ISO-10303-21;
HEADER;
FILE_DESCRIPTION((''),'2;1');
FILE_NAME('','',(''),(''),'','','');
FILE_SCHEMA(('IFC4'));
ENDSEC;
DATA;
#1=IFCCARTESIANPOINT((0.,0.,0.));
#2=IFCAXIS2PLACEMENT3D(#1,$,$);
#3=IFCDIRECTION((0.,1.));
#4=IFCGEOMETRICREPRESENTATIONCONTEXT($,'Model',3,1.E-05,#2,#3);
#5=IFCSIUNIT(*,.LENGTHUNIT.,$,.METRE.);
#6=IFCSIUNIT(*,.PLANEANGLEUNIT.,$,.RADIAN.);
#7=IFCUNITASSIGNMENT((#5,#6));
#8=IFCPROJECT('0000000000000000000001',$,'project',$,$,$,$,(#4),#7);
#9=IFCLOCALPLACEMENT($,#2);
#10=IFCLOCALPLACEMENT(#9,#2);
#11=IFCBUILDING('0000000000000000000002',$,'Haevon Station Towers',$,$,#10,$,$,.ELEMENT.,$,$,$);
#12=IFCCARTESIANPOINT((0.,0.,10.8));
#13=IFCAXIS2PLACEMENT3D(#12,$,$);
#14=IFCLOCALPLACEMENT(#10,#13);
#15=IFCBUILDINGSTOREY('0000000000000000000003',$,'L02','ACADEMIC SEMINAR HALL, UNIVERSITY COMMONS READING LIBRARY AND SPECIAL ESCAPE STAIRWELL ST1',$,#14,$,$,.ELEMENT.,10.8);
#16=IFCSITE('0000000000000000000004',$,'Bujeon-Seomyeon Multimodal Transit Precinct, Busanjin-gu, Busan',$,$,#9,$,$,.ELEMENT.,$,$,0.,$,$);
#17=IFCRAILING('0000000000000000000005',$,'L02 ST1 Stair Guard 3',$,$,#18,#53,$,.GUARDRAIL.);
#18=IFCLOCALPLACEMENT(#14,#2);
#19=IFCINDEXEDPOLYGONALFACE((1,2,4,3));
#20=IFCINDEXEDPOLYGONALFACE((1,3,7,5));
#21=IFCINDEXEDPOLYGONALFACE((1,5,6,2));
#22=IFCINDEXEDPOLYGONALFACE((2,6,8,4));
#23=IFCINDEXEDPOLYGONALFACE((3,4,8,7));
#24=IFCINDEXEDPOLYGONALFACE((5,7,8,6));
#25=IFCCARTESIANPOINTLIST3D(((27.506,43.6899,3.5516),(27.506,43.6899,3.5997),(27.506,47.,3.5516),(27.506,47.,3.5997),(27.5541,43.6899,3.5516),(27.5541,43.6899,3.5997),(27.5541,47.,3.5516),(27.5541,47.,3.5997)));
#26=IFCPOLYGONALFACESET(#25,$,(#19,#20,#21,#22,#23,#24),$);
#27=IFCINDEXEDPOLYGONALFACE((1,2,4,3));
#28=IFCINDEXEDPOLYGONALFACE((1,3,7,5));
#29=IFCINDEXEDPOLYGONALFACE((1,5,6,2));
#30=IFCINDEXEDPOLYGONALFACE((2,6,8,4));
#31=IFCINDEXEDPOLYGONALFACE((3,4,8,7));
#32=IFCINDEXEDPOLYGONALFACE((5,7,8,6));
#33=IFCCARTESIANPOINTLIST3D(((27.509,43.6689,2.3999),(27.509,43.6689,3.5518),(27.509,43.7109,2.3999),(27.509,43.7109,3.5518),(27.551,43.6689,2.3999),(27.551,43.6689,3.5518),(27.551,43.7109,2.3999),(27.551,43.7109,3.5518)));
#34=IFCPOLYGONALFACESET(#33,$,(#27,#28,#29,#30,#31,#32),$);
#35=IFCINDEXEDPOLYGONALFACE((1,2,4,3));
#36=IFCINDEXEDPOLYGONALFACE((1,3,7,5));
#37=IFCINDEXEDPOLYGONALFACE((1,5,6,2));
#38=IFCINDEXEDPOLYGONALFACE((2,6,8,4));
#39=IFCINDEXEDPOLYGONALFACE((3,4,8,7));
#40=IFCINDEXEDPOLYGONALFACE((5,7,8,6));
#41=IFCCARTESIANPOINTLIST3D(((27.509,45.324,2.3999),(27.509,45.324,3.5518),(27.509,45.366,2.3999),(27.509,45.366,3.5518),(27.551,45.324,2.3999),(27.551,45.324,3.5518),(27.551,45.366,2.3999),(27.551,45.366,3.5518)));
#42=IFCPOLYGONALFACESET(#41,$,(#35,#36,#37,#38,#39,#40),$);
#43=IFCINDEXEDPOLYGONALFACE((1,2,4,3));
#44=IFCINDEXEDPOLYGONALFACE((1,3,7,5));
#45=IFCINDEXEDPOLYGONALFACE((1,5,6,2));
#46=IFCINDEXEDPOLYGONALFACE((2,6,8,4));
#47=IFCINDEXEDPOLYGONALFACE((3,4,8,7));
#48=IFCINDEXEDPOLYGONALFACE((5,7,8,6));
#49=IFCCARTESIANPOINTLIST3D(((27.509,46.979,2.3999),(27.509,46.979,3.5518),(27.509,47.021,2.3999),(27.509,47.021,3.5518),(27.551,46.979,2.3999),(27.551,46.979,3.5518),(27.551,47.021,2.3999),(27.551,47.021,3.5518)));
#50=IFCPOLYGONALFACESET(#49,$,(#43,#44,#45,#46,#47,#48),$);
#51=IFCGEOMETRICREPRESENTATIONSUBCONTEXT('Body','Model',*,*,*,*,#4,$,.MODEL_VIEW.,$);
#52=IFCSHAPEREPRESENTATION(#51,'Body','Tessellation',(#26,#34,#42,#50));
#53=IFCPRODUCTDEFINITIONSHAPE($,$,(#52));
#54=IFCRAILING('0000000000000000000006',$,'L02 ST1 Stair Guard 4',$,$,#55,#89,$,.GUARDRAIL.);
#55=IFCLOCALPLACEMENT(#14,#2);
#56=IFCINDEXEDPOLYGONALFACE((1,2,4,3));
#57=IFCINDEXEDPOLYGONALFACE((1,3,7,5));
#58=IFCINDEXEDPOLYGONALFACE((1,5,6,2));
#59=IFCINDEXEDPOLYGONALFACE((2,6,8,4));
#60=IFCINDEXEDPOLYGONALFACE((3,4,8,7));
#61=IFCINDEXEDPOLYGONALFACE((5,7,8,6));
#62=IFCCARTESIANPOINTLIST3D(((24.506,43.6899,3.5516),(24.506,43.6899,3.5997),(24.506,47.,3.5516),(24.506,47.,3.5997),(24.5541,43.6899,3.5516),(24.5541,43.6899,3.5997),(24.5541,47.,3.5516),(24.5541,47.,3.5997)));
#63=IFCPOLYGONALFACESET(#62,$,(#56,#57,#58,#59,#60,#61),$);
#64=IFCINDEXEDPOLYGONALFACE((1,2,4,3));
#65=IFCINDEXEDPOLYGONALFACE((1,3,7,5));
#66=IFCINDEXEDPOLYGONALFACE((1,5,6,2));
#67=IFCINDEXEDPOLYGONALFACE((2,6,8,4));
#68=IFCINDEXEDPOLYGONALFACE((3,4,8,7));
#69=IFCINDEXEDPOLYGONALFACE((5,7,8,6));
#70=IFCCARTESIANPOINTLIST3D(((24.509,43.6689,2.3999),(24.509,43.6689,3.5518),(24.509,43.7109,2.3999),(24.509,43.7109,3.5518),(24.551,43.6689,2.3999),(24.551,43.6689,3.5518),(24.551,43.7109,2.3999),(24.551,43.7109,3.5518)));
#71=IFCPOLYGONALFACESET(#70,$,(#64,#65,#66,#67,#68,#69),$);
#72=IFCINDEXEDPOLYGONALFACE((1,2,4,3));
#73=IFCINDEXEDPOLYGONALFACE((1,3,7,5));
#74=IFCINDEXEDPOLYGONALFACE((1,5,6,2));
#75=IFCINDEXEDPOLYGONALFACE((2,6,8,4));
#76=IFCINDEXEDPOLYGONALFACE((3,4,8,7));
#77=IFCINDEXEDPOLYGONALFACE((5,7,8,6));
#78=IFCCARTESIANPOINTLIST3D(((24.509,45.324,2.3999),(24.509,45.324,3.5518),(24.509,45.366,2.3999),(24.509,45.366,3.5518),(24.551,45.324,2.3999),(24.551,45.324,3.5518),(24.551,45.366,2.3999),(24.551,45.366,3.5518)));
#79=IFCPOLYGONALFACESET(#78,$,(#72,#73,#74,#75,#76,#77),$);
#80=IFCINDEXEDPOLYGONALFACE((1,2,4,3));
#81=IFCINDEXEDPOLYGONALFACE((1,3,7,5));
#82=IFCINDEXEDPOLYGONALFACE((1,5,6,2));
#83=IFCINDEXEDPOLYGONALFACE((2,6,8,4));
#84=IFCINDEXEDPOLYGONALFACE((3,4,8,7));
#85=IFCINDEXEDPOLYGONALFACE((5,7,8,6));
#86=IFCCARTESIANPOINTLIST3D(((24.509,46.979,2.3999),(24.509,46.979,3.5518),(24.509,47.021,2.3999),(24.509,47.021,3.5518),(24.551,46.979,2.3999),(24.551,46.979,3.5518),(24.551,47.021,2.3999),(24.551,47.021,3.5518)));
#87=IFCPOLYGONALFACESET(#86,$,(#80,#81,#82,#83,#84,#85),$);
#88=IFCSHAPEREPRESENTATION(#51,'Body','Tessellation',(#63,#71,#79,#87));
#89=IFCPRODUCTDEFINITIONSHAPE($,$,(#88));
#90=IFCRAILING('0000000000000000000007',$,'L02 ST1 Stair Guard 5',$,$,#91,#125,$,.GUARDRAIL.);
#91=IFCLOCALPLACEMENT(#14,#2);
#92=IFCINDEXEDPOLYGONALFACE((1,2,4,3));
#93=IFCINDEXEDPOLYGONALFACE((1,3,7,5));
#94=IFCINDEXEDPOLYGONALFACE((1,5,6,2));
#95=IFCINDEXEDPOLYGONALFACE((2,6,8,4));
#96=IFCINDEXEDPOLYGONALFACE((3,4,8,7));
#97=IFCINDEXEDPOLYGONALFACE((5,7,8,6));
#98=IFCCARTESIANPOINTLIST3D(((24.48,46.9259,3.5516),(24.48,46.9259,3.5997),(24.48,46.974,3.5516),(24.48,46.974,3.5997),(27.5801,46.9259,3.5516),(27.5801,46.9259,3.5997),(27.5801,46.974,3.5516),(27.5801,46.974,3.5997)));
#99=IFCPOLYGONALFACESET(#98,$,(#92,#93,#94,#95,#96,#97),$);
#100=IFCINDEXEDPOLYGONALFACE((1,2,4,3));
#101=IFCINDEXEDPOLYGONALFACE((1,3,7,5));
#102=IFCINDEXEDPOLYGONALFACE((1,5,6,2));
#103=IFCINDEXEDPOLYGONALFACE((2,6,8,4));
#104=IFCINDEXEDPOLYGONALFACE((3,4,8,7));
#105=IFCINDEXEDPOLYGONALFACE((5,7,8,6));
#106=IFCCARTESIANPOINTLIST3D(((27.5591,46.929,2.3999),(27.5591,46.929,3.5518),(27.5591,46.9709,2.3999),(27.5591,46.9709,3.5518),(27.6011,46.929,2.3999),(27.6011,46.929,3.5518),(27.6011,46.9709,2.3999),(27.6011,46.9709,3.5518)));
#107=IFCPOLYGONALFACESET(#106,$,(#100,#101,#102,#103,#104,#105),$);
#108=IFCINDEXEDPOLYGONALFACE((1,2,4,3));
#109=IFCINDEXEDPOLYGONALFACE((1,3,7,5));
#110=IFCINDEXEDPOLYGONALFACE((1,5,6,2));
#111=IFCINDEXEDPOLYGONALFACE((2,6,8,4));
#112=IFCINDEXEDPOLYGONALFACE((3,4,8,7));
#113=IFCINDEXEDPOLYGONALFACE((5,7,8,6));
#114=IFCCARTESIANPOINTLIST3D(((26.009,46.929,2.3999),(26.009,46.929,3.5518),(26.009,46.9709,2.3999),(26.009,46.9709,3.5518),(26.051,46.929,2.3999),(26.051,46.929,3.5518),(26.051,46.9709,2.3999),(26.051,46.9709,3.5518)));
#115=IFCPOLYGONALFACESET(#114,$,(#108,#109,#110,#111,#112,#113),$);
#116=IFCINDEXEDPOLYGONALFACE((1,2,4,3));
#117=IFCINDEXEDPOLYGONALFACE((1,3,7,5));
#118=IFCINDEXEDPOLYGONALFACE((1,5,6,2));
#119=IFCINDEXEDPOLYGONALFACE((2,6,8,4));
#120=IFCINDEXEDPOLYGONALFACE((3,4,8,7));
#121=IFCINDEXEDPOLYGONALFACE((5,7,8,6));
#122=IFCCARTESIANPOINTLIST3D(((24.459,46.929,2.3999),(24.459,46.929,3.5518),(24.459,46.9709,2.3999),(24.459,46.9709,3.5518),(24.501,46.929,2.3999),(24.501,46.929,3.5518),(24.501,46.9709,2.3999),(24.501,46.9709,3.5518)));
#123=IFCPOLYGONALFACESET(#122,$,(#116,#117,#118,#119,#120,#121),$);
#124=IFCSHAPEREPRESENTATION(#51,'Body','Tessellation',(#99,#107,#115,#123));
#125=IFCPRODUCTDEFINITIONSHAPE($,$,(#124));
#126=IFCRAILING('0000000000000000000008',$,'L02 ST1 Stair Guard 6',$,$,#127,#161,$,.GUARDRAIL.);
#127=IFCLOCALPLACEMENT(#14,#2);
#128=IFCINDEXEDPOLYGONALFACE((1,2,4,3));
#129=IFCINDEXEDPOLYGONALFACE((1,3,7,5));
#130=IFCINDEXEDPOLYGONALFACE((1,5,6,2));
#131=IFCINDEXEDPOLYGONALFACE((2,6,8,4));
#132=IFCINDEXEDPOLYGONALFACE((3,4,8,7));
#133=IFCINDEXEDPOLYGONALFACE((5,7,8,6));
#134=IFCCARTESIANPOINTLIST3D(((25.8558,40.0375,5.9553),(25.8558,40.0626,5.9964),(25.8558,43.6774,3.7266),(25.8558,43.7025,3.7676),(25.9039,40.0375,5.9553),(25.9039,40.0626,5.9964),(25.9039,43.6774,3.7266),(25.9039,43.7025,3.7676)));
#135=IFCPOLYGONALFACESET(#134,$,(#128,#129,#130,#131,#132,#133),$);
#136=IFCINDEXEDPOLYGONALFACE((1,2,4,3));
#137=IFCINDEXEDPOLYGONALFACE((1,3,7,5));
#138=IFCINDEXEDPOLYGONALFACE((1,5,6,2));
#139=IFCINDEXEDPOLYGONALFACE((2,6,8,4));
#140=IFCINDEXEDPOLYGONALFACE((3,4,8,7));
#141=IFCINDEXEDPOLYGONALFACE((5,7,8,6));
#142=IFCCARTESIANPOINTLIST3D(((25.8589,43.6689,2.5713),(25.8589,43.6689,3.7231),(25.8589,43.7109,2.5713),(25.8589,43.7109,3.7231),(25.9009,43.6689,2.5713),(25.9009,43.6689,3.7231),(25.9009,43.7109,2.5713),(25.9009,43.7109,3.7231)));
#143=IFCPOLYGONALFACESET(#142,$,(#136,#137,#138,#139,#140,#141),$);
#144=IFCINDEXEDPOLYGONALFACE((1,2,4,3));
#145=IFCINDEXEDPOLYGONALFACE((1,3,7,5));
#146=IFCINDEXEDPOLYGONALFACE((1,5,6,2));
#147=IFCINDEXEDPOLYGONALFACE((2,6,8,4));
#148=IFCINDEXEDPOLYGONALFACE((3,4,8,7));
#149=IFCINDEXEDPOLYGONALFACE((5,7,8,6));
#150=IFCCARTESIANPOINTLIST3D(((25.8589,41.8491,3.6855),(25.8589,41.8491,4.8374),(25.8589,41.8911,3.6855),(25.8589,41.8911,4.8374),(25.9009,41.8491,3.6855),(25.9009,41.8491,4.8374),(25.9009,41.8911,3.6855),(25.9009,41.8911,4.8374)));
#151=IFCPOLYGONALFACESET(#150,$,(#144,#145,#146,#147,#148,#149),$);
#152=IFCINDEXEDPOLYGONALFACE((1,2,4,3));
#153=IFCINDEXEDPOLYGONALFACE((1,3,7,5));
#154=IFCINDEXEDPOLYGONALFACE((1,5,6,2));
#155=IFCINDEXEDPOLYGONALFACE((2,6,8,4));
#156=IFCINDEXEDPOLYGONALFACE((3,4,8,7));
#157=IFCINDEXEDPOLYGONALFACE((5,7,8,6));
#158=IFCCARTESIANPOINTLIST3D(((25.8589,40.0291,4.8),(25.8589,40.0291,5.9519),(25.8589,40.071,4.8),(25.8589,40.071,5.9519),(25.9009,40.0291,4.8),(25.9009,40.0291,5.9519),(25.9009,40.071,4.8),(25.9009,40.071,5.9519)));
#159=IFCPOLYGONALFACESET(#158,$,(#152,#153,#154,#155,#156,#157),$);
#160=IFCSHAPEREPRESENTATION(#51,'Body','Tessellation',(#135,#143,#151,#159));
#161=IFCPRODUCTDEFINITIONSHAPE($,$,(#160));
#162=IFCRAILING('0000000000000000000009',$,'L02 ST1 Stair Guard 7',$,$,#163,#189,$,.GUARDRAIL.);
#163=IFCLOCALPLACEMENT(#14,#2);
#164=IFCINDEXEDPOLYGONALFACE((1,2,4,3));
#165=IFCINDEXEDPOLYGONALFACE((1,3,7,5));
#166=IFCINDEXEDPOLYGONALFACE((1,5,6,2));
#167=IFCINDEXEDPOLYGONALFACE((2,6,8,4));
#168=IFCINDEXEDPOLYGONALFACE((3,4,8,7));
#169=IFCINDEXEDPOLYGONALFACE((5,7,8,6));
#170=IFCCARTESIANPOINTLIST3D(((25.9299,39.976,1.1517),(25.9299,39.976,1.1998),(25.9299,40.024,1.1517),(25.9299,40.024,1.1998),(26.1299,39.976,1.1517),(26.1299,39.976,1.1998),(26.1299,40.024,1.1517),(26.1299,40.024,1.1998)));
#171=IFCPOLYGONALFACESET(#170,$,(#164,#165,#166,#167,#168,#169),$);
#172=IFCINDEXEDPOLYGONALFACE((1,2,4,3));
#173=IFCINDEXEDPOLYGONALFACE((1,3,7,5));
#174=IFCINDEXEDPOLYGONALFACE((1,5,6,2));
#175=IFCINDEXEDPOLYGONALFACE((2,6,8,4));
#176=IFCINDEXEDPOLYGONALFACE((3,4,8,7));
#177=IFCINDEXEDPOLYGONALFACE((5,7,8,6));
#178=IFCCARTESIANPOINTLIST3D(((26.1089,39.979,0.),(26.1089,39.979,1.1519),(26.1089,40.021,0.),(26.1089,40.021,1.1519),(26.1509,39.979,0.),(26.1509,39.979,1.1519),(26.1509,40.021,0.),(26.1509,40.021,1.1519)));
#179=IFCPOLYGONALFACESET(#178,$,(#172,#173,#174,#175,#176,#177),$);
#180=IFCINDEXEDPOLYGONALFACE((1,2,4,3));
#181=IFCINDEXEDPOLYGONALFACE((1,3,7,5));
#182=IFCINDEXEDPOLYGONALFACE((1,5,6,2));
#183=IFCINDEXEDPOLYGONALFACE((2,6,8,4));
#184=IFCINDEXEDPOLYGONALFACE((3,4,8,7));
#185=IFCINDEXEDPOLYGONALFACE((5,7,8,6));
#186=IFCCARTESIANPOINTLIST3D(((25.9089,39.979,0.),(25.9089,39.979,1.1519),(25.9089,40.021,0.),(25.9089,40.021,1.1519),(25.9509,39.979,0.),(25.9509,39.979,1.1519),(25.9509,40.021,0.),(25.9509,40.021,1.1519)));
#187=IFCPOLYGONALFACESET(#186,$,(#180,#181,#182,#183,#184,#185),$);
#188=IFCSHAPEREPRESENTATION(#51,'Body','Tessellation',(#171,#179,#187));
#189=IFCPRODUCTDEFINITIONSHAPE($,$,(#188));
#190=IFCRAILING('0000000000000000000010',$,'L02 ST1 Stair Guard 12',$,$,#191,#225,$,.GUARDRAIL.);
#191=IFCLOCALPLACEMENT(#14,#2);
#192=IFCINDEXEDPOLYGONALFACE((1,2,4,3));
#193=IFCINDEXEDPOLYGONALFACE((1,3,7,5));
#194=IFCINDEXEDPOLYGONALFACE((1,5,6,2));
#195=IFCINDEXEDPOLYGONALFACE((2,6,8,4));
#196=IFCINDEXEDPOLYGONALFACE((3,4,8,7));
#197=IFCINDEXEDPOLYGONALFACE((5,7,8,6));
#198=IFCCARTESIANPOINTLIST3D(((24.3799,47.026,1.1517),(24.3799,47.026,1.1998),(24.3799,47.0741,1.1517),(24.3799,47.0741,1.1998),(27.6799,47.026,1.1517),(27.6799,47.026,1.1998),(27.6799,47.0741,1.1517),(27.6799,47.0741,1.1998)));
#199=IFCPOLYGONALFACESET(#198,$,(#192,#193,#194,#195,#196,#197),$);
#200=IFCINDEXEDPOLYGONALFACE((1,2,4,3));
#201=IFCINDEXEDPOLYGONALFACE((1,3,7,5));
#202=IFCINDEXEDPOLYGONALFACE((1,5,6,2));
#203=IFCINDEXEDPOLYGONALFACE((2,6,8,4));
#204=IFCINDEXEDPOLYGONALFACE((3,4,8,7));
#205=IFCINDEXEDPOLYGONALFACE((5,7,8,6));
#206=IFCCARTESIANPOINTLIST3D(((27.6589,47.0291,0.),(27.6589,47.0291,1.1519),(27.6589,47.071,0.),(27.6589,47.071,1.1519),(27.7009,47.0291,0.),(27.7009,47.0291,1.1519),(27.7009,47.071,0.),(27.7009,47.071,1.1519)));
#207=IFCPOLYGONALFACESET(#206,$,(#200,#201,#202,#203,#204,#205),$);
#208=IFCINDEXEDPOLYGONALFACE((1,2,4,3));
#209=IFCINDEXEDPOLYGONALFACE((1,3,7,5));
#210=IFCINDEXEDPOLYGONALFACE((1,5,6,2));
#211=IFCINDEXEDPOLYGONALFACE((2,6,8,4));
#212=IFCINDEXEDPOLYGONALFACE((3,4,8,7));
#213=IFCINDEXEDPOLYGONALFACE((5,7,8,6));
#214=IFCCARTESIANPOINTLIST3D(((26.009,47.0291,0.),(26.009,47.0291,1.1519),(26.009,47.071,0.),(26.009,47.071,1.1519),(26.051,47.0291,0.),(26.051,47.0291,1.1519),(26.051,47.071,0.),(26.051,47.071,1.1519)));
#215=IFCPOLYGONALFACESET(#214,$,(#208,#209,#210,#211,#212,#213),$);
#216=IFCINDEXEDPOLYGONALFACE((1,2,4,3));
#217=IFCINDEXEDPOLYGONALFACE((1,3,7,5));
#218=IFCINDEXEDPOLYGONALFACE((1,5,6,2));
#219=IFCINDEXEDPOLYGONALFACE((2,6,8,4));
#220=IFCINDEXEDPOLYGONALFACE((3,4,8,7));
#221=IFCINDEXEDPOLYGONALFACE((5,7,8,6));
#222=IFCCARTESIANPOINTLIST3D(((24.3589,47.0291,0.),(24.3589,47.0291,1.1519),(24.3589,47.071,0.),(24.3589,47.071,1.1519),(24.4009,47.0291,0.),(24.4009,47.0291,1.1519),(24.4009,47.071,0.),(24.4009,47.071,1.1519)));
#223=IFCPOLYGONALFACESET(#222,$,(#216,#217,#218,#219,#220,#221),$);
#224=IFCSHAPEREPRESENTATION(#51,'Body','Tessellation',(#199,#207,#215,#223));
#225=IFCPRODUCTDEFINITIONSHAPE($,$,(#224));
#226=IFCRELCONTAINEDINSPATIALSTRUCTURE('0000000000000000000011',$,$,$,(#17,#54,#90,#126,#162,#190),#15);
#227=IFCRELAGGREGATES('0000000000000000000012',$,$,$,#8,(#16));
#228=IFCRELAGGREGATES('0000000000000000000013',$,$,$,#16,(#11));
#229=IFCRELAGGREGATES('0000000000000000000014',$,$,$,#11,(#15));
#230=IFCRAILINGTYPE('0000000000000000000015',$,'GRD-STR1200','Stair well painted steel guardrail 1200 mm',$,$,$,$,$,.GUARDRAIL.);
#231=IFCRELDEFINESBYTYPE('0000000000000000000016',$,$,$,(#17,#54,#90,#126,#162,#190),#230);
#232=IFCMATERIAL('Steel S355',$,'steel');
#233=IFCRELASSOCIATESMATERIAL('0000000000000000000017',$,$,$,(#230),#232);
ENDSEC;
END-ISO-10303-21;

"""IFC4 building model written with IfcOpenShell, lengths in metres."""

from ifc_helpers import new_model, si_unit, direction, frame, origin, origin_2d, place, context, subcontext, project, spatial, rectangle, extrude, material, type_object, element, save


model = new_model("IFC4")

# Units and contexts
model_context = context("Model", 3, precision=1e-05, world=origin(), true_north=direction((0.0, 1.0)))
body_context = subcontext(model_context, "Body", "Model", "MODEL_VIEW")
ifc_project = project(units=[si_unit("LENGTHUNIT", "METRE"), si_unit("PLANEANGLEUNIT", "RADIAN")], contexts=[model_context])

# Site, building, storey
site_placement = place(None, origin())
site = spatial("IfcSite", under=ifc_project, at=site_placement, Name="Bujeon-Seomyeon Multimodal Transit Precinct, Busanjin-gu, Busan", CompositionType="ELEMENT", RefElevation=0.0)
building_placement = place(site_placement, origin())
building = spatial("IfcBuilding", under=site, at=building_placement, Name="Haevon Station Towers", CompositionType="ELEMENT")
storey_placement = place(building_placement, frame((0.0, 0.0, 10.8)))
storey = spatial("IfcBuildingStorey", under=building, at=storey_placement, Name="L02", Description="ACADEMIC SEMINAR HALL, UNIVERSITY COMMONS READING LIBRARY AND SPECIAL ESCAPE STAIRWELL ST1", CompositionType="ELEMENT", Elevation=10.8)

# Shared definitions
ifc_material_1 = material(Name="Steel S355", Category="steel")

# Railings
railing_type_1 = type_object("IfcRailingType", Name="GRD-STR1200", Description="Stair well painted steel guardrail 1200 mm", PredefinedType="GUARDRAIL", material=ifc_material_1)
for number, where, name in (
    (1, (27.53, 43.6899, 2.3999), "L02 ST1 Stair Guard 3"),
    (2, (24.53, 43.6899, 2.3999), "L02 ST1 Stair Guard 4"),
):
    element("IfcRailing", number, at=place(storey_placement, frame(where)), inside=storey, type_object=railing_type_1, Name=name, PredefinedType="GUARDRAIL", context=body_context, shape_type="SweptSolid", body=[
        extrude(rectangle(XDim=0.0481, YDim=0.0481, at=origin_2d()), frame((0.0, 0.0, 1.1758), z_axis=(0.0, 1.0, 0.0), x_axis=(-1.0, 0.0, 0.0)), (0.0, 0.0, 1.0), 3.3101),
        extrude(rectangle(XDim=0.042, YDim=0.042, at=origin_2d()), origin(), (0.0, 0.0, 1.0), 1.1519),
        extrude(rectangle(XDim=0.042, YDim=0.042, at=origin_2d()), frame((0.0, 1.655, 0.0)), (0.0, 0.0, 1.0), 1.1519),
        extrude(rectangle(XDim=0.042, YDim=0.042, at=origin_2d()), frame((0.0, 3.3101, 0.0)), (0.0, 0.0, 1.0), 1.1519),
    ])
railing_1_placement = place(storey_placement, frame((27.5801, 46.95, 2.3999)))
element("IfcRailing", 3, at=railing_1_placement, inside=storey, type_object=railing_type_1, Name="L02 ST1 Stair Guard 5", PredefinedType="GUARDRAIL", context=body_context, shape_type="SweptSolid", body=[
    extrude(rectangle(XDim=0.0481, YDim=0.0481, at=origin_2d()), frame((0.0, 0.0, 1.1758), z_axis=(-1.0, 0.0, 0.0), x_axis=(0.0, -1.0, 0.0)), (0.0, 0.0, 1.0), 3.1001),
    extrude(rectangle(XDim=0.042, YDim=0.042, at=origin_2d()), origin(), (0.0, 0.0, 1.0), 1.1519),
    extrude(rectangle(XDim=0.042, YDim=0.042, at=origin_2d()), frame((-1.55, 0.0, 0.0)), (0.0, 0.0, 1.0), 1.1519),
    extrude(rectangle(XDim=0.042, YDim=0.042, at=origin_2d()), frame((-3.1001, 0.0, 0.0)), (0.0, 0.0, 1.0), 1.1519),
])
railing_2_placement = place(storey_placement, frame((25.8799, 43.6899, 2.5713)))
element("IfcRailing", 4, at=railing_2_placement, inside=storey, type_object=railing_type_1, Name="L02 ST1 Stair Guard 6", PredefinedType="GUARDRAIL", context=body_context, shape_type="SweptSolid", body=[
    extrude(rectangle(XDim=0.0481, YDim=0.0481, at=origin_2d()), frame((0.0, 0.0, 1.1758), z_axis=(0.0, -0.852825, 0.522197), x_axis=(1.0, 0.0, 0.0)), (0.0, 0.0, 1.0), 4.2681),
    extrude(rectangle(XDim=0.042, YDim=0.042, at=origin_2d()), origin(), (0.0, 0.0, 1.0), 1.1519),
    extrude(rectangle(XDim=0.042, YDim=0.042, at=origin_2d()), frame((0.0, -1.8198, 1.1143)), (0.0, 0.0, 1.0), 1.1519),
    extrude(rectangle(XDim=0.042, YDim=0.042, at=origin_2d()), frame((0.0, -3.6399, 2.2288)), (0.0, 0.0, 1.0), 1.1519),
])
railing_3_placement = place(storey_placement, frame((26.1299, 40.0, 0.0)))
element("IfcRailing", 5, at=railing_3_placement, inside=storey, type_object=railing_type_1, Name="L02 ST1 Stair Guard 7", PredefinedType="GUARDRAIL", context=body_context, shape_type="SweptSolid", body=[
    extrude(rectangle(XDim=0.0481, YDim=0.0481, at=origin_2d()), frame((0.0, 0.0, 1.1758), z_axis=(-1.0, 0.0, 0.0), x_axis=(0.0, -1.0, 0.0)), (0.0, 0.0, 1.0), 0.2),
    extrude(rectangle(XDim=0.042, YDim=0.042, at=origin_2d()), origin(), (0.0, 0.0, 1.0), 1.1519),
    extrude(rectangle(XDim=0.042, YDim=0.042, at=origin_2d()), frame((-0.2, 0.0, 0.0)), (0.0, 0.0, 1.0), 1.1519),
])
railing_4_placement = place(storey_placement, frame((27.6799, 47.05, 0.0)))
element("IfcRailing", 6, at=railing_4_placement, inside=storey, type_object=railing_type_1, Name="L02 ST1 Stair Guard 12", PredefinedType="GUARDRAIL", context=body_context, shape_type="SweptSolid", body=[
    extrude(rectangle(XDim=0.0481, YDim=0.0481, at=origin_2d()), frame((0.0, 0.0, 1.1758), z_axis=(-1.0, 0.0, 0.0), x_axis=(0.0, -1.0, 0.0)), (0.0, 0.0, 1.0), 3.3),
    extrude(rectangle(XDim=0.042, YDim=0.042, at=origin_2d()), origin(), (0.0, 0.0, 1.0), 1.1519),
    extrude(rectangle(XDim=0.042, YDim=0.042, at=origin_2d()), frame((-1.6499, 0.0, 0.0)), (0.0, 0.0, 1.0), 1.1519),
    extrude(rectangle(XDim=0.042, YDim=0.042, at=origin_2d()), frame((-3.3, 0.0, 0.0)), (0.0, 0.0, 1.0), 1.1519),
])

save(model, "model.ifc")
